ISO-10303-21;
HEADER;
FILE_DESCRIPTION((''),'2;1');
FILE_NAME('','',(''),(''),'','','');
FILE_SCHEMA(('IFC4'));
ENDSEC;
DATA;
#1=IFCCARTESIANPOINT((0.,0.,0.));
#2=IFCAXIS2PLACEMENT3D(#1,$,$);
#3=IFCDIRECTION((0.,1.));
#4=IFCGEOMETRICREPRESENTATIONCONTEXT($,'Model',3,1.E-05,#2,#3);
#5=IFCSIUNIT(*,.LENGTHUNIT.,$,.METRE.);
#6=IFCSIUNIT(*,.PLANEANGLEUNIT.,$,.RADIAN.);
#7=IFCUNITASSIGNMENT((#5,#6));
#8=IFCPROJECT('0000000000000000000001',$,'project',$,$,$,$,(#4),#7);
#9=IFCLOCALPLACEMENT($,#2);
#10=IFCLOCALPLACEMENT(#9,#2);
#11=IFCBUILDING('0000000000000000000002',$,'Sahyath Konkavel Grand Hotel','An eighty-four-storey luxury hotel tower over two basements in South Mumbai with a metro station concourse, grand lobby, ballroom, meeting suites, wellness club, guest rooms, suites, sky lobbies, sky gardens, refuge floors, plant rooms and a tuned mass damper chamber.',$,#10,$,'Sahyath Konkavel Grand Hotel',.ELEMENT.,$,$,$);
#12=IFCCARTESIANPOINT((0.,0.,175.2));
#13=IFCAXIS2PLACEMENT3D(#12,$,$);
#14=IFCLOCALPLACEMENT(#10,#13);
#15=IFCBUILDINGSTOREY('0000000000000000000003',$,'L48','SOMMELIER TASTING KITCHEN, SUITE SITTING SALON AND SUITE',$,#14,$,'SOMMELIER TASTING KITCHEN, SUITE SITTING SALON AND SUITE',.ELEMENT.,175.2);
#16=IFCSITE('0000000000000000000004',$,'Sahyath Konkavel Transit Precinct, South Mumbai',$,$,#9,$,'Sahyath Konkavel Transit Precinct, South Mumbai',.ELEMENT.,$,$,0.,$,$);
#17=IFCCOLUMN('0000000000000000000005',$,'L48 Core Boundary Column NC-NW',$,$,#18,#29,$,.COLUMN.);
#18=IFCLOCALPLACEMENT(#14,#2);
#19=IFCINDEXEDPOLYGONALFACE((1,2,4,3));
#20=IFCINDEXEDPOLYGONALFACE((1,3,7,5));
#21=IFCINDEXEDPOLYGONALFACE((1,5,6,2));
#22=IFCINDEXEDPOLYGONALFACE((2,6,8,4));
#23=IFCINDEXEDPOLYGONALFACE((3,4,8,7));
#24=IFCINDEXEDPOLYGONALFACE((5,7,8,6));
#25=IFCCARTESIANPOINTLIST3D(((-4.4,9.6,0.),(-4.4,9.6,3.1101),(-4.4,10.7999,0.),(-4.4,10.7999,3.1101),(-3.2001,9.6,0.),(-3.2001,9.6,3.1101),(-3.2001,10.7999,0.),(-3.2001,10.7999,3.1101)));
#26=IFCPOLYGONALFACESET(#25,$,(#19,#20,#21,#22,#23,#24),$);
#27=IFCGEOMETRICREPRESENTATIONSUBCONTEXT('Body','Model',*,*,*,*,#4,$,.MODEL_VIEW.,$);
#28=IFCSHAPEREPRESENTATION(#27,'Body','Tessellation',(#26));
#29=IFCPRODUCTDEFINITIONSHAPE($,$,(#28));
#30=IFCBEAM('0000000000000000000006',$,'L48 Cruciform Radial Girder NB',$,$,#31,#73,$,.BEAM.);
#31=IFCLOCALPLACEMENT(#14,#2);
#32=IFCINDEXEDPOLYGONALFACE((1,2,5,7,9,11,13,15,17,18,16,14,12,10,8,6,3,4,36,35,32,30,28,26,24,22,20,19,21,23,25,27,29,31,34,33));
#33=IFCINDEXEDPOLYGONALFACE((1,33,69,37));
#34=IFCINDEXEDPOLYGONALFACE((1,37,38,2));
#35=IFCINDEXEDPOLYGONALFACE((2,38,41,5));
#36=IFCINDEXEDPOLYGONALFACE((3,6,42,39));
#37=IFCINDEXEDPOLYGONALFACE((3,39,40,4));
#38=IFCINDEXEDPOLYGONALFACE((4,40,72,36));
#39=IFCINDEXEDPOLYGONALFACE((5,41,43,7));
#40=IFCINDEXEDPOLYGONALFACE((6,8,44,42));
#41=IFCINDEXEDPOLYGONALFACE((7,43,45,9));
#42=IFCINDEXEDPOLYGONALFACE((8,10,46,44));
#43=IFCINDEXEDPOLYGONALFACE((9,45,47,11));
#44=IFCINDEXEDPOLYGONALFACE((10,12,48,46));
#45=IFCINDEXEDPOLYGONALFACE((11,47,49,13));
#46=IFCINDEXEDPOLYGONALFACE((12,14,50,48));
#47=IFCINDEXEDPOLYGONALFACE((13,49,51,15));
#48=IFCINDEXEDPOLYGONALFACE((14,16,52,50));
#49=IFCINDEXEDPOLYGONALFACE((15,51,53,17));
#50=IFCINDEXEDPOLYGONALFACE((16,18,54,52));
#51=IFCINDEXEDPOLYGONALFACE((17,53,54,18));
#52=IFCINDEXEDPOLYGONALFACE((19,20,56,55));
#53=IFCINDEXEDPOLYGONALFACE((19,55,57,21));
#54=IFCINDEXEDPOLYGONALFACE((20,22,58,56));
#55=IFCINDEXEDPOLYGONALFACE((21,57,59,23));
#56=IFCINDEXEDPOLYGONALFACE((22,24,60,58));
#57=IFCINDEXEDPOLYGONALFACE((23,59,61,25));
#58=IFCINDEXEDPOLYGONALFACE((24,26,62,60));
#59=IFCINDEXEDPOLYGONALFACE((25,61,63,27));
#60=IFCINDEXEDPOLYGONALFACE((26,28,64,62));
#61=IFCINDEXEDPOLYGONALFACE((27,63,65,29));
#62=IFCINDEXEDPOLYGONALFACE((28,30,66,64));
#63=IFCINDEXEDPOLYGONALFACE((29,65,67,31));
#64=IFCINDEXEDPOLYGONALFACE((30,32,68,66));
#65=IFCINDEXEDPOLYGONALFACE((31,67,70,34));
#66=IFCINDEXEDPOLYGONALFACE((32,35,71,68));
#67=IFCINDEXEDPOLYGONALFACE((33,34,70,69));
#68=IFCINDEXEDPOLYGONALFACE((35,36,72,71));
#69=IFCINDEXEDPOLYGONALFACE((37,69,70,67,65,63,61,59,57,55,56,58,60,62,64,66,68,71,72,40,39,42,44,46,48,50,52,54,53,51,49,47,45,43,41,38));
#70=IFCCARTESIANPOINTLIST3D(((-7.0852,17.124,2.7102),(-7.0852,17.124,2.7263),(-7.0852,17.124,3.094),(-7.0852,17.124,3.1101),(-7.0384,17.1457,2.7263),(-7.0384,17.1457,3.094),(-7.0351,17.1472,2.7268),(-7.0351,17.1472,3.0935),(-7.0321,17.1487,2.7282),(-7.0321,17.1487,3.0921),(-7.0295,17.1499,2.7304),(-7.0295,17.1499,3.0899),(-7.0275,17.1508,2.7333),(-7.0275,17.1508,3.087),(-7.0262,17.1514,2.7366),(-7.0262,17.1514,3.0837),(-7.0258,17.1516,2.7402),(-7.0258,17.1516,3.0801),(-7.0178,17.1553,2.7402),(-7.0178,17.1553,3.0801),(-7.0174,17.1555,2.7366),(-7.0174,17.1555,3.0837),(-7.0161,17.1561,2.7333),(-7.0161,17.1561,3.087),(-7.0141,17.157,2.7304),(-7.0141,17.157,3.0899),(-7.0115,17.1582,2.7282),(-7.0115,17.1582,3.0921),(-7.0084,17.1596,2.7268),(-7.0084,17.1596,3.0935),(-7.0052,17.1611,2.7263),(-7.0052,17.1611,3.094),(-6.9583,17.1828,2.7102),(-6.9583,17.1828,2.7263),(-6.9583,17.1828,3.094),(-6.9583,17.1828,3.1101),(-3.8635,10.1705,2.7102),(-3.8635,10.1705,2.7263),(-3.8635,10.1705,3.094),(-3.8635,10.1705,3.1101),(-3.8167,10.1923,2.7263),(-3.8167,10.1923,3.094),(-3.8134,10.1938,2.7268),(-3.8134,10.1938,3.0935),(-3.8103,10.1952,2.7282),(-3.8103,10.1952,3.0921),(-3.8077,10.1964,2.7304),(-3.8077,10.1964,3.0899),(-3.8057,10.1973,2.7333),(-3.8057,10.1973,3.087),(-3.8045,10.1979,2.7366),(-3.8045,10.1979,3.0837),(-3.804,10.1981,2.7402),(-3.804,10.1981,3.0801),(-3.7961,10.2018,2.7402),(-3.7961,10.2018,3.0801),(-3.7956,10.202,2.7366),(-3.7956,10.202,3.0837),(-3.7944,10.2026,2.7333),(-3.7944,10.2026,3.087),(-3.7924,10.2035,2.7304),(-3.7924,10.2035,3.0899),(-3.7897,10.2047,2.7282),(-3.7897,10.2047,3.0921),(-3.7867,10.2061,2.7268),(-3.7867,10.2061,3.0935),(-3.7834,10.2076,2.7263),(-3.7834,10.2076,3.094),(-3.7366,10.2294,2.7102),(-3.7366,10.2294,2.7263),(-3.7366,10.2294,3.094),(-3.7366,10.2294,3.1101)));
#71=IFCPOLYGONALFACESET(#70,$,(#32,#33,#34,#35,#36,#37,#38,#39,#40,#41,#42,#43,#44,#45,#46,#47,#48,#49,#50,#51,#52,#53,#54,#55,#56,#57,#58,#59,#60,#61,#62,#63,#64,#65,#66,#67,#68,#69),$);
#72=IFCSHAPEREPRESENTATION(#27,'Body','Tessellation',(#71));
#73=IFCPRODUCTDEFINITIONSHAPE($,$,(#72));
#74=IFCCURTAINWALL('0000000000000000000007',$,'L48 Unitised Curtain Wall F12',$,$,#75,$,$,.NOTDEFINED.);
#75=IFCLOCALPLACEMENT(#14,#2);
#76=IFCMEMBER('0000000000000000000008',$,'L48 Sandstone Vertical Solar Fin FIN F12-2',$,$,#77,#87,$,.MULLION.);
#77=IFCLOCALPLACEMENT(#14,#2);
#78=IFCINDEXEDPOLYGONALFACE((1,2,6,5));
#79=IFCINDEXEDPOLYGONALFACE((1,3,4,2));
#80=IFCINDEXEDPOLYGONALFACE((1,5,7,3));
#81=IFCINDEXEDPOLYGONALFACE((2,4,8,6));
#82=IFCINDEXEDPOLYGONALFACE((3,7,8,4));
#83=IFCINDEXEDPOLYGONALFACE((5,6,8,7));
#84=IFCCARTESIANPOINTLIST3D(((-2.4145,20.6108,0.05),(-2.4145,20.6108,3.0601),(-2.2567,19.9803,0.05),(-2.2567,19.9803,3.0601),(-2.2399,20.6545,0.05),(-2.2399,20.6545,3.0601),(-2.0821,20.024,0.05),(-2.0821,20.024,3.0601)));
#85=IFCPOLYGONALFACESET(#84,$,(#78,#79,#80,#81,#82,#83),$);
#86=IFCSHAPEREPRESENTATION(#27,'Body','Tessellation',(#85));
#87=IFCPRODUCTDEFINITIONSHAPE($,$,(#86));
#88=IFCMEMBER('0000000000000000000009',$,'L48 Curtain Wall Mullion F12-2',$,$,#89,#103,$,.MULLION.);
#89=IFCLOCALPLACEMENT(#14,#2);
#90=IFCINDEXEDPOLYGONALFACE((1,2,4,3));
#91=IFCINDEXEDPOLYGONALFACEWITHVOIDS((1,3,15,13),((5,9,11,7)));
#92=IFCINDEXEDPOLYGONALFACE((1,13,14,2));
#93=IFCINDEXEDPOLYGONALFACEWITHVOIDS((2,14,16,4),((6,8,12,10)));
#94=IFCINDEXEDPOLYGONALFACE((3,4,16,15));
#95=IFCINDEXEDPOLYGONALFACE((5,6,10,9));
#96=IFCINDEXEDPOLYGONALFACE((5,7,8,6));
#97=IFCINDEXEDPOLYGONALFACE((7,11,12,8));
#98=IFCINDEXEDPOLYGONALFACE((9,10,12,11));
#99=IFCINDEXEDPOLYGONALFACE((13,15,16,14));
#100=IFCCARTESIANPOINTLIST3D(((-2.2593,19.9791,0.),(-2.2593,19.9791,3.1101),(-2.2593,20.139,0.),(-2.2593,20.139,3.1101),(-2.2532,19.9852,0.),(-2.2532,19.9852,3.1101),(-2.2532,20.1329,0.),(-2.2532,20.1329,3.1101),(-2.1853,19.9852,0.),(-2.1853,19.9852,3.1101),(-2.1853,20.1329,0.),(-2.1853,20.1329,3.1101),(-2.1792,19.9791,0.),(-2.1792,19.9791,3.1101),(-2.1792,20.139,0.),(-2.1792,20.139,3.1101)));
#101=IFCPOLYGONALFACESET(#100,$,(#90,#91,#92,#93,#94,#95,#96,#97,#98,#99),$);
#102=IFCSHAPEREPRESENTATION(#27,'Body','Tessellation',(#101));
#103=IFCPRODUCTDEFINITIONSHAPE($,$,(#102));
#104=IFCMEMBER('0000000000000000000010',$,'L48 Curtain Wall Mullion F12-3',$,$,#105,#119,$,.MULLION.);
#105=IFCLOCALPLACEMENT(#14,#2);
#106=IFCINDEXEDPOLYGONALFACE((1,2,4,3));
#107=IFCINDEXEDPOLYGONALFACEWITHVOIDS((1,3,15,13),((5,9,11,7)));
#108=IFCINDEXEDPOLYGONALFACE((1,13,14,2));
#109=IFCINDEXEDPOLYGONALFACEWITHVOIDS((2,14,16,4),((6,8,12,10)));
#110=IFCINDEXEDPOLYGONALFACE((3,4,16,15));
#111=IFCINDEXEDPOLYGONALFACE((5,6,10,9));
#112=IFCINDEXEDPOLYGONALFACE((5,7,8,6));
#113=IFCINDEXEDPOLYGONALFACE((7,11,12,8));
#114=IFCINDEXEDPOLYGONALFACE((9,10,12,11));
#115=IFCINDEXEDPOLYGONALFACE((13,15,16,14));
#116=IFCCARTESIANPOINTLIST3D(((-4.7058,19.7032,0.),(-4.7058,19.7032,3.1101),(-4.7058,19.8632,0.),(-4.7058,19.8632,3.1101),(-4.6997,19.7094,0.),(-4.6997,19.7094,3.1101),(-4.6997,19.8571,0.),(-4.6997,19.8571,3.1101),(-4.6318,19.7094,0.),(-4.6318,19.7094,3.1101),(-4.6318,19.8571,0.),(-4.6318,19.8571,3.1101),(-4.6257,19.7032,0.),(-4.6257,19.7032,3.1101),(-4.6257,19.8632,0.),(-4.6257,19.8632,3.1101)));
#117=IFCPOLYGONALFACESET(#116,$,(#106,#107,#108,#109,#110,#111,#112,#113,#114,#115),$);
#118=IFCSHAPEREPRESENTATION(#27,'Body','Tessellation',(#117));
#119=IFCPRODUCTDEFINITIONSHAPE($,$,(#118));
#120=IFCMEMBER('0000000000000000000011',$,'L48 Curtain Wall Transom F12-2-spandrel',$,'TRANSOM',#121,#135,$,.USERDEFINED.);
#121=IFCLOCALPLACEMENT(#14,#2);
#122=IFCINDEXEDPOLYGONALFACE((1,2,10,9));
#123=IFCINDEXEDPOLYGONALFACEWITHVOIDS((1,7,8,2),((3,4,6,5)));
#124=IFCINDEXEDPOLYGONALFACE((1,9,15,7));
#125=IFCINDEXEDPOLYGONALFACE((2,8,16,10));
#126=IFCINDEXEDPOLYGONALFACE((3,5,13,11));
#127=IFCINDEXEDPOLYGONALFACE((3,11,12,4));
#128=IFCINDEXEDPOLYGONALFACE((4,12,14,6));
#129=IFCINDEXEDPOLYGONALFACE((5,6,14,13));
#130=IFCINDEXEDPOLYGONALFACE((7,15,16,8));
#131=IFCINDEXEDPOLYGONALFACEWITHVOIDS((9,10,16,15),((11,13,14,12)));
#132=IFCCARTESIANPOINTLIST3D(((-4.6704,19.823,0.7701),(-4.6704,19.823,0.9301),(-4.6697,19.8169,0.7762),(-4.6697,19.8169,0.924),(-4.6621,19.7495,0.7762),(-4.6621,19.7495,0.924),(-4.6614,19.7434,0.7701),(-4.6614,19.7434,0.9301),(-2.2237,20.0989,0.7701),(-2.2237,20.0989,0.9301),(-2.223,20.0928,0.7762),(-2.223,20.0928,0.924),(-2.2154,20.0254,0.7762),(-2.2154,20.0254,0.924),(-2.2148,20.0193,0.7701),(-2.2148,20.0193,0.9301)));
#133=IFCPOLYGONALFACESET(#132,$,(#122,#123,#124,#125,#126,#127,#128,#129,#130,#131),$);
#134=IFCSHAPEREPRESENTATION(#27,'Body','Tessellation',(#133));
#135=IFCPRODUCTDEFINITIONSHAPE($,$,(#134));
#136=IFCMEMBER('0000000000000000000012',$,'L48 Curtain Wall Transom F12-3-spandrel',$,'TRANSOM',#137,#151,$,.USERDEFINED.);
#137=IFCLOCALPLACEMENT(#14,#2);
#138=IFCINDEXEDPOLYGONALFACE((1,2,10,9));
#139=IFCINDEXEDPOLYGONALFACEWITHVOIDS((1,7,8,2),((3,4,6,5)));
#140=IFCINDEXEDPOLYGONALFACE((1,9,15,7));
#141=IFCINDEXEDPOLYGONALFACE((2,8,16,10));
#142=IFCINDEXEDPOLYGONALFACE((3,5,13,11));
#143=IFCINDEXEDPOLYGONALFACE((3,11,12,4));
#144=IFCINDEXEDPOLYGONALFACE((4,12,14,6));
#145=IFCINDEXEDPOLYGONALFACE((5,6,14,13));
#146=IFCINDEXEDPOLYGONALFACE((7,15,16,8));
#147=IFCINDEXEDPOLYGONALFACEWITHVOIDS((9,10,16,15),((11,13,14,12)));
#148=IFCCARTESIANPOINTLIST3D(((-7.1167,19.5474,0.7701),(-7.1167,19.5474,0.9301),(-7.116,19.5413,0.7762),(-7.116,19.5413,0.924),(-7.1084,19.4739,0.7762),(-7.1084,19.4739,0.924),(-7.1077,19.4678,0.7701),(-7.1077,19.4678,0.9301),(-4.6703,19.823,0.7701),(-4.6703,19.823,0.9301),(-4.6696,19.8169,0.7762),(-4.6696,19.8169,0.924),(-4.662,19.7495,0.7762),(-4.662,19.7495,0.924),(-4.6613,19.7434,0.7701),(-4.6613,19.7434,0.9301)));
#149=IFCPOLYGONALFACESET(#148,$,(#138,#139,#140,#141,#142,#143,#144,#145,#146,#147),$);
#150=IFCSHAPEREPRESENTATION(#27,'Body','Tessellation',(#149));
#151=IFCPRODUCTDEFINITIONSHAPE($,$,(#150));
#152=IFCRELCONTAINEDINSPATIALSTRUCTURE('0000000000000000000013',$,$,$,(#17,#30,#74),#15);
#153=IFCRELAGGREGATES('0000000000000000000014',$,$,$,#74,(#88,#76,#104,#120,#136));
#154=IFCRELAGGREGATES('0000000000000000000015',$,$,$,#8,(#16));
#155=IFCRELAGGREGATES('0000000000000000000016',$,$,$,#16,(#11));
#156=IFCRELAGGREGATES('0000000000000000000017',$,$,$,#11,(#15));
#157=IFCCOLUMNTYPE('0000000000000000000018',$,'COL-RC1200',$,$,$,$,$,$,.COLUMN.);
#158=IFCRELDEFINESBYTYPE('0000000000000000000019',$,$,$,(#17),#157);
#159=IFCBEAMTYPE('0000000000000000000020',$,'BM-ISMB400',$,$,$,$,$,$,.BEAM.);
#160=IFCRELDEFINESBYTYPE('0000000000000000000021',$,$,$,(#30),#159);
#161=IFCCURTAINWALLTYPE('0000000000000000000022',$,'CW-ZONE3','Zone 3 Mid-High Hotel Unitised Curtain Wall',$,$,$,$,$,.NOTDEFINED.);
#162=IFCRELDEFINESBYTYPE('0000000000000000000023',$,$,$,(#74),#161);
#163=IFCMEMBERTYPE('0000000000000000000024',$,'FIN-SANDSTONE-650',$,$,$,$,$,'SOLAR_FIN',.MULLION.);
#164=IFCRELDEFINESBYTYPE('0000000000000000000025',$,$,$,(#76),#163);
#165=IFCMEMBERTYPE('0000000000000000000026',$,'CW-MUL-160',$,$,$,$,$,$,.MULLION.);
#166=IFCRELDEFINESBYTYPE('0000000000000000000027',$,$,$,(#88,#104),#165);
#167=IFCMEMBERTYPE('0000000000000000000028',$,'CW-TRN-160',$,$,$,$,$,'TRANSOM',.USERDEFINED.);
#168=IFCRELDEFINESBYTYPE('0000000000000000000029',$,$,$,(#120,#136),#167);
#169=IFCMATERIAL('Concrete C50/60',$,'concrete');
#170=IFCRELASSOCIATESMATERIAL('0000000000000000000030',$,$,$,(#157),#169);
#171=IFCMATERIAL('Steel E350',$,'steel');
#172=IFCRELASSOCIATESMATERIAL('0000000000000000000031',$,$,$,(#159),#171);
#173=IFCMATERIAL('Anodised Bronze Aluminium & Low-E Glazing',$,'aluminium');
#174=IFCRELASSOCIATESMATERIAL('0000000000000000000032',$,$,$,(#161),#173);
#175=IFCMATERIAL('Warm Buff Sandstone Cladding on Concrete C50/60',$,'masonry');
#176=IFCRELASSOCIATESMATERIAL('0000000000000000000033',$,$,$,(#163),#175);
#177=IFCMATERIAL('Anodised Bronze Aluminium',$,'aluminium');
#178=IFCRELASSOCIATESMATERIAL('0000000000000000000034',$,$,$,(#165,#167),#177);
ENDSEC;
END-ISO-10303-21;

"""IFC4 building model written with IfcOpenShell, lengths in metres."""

from ifc_helpers import new_model, si_unit, direction, frame, origin, origin_2d, place, context, subcontext, project, spatial, rectangle, hollow_rectangle, i_section, extrude, source, transform, mapped, material, material_profile, profile_set, type_object, element, aggregate, save


model = new_model("IFC4")

# Units and contexts
model_context = context("Model", 3, precision=1e-05, world=origin(), true_north=direction((0.0, 1.0)))
body_context = subcontext(model_context, "Body", "Model", "MODEL_VIEW")
ifc_project = project(units=[si_unit("LENGTHUNIT", "METRE"), si_unit("PLANEANGLEUNIT", "RADIAN")], contexts=[model_context])

# Site, building, storey
site_placement = place(None, origin())
site = spatial("IfcSite", under=ifc_project, at=site_placement, Name="Sahyath Konkavel Transit Precinct, South Mumbai", LongName="Sahyath Konkavel Transit Precinct, South Mumbai", CompositionType="ELEMENT", RefElevation=0.0)
building_placement = place(site_placement, origin())
building = spatial("IfcBuilding", under=site, at=building_placement, Name="Sahyath Konkavel Grand Hotel", Description="An eighty-four-storey luxury hotel tower over two basements in South Mumbai with a metro station concourse, grand lobby, ballroom, meeting suites, wellness club, guest rooms, suites, sky lobbies, sky gardens, refuge floors, plant rooms and a tuned mass damper chamber.", LongName="Sahyath Konkavel Grand Hotel", CompositionType="ELEMENT")
storey_placement = place(building_placement, frame((0.0, 0.0, 175.2)))
storey = spatial("IfcBuildingStorey", under=building, at=storey_placement, Name="L48", Description="SOMMELIER TASTING KITCHEN, SUITE SITTING SALON AND SUITE", LongName="SOMMELIER TASTING KITCHEN, SUITE SITTING SALON AND SUITE", CompositionType="ELEMENT", Elevation=175.2)

# Column
ifc_material_1 = material(Name="Concrete C50/60", Category="concrete")
ifc_material_profile_1 = material_profile(ifc_material_1, rectangle(XDim=1.2, YDim=1.2, at=origin_2d()), Name="RC 1200x1200")
ifc_profile_set_1 = profile_set([ifc_material_profile_1], Name="Concrete C50/60")
column_type = type_object("IfcColumnType", Name="COL-RC1200", PredefinedType="COLUMN", material=ifc_profile_set_1)
shared_shape_1 = source(origin(), body_context, "Body", "SweptSolid", [
    extrude(rectangle(XDim=1.2, YDim=1.2, at=origin_2d()), origin(), (0.0, 0.0, 1.0), 3.1101),
])
column_placement = place(storey_placement, frame((-3.8, 10.2, 0.0), z_axis=(0.0, 0.0, 1.0), x_axis=(1.0, 0.0, 0.0)))
element("IfcColumn", 1, at=column_placement, inside=storey, type_object=column_type, Name="L48 Core Boundary Column NC-NW", PredefinedType="COLUMN", context=body_context, shape_type="MappedRepresentation", body=[
    mapped(shared_shape_1, transform((0.0, 0.0, 0.0), scale=1.0)),
])

# Beam
ifc_material_2 = material(Name="Steel E350", Category="steel")
ifc_material_profile_2 = material_profile(ifc_material_2, i_section(OverallWidth=0.1399, OverallDepth=0.3999, WebThickness=0.0088, FlangeThickness=0.0161, FilletRadius=0.0139, at=origin_2d()), Name="ISMB 400")
ifc_profile_set_2 = profile_set([ifc_material_profile_2], Name="Steel E350")
beam_type_1 = type_object("IfcBeamType", Name="BM-ISMB400", PredefinedType="BEAM", material=ifc_profile_set_2)
shared_shape_2 = source(origin(), body_context, "Body", "SweptSolid", [
    extrude(i_section(OverallWidth=0.1399, OverallDepth=0.3999, WebThickness=0.0088, FlangeThickness=0.0161, FilletRadius=0.0139, at=origin_2d()), origin(), (0.0, 0.0, 1.0), 7.6636),
])
beam_1_placement = place(storey_placement, frame((-3.8, 10.2, 2.9102), z_axis=(-0.420395, 0.907341, 0.0), x_axis=(-0.907341, -0.420395, 0.0)))
element("IfcBeam", 2, at=beam_1_placement, inside=storey, type_object=beam_type_1, Name="L48 Cruciform Radial Girder NB", PredefinedType="BEAM", context=body_context, shape_type="MappedRepresentation", body=[
    mapped(shared_shape_2, transform((0.0, 0.0, 0.0), scale=1.0)),
])

# Curtain wall, members
ifc_material_3 = material(Name="Anodised Bronze Aluminium & Low-E Glazing", Category="aluminium")
curtain_wall_type = type_object("IfcCurtainWallType", Name="CW-ZONE3", Description="Zone 3 Mid-High Hotel Unitised Curtain Wall", PredefinedType="NOTDEFINED", material=ifc_material_3)
curtain_wall_placement = place(storey_placement, origin())
curtain_wall = element("IfcCurtainWall", 3, at=curtain_wall_placement, inside=storey, type_object=curtain_wall_type, Name="L48 Unitised Curtain Wall F12", PredefinedType="NOTDEFINED")
ifc_material_4 = material(Name="Warm Buff Sandstone Cladding on Concrete C50/60", Category="masonry")
ifc_material_profile_3 = material_profile(ifc_material_4, rectangle(XDim=0.1799, YDim=0.6499, at=origin_2d()), Name="FIN 180x650")
ifc_profile_set_3 = profile_set([ifc_material_profile_3], Name="Warm Buff Sandstone Cladding on Concrete C50/60")
member_type_1 = type_object("IfcMemberType", Name="FIN-SANDSTONE-650", ElementType="SOLAR_FIN", PredefinedType="MULLION", material=ifc_profile_set_3)
shared_shape_3 = source(origin(), body_context, "Body", "SweptSolid", [
    extrude(rectangle(XDim=0.1799, YDim=0.6499, at=origin_2d()), origin(), (0.0, 0.0, 1.0), 3.01),
])
member_1_placement = place(storey_placement, frame((-2.2483, 20.3174, 0.05), z_axis=(0.0, 0.0, 1.0), x_axis=(0.970084, 0.242769, 0.0)))
member_1 = element("IfcMember", 4, at=member_1_placement, type_object=member_type_1, Name="L48 Sandstone Vertical Solar Fin FIN F12-2", PredefinedType="MULLION", context=body_context, shape_type="MappedRepresentation", body=[
    mapped(shared_shape_3, transform((0.0, 0.0, 0.0), scale=1.0)),
])
ifc_material_5 = material(Name="Anodised Bronze Aluminium", Category="aluminium")
ifc_material_profile_4 = material_profile(ifc_material_5, hollow_rectangle(XDim=0.0801, YDim=0.1599, WallThickness=0.0061, at=origin_2d()), Name="RHS 160x80x6")
ifc_profile_set_4 = profile_set([ifc_material_profile_4], Name="Anodised Bronze Aluminium")
member_type_2 = type_object("IfcMemberType", Name="CW-MUL-160", PredefinedType="MULLION", material=ifc_profile_set_4)
shared_shape_4 = source(origin(), body_context, "Body", "SweptSolid", [
    extrude(hollow_rectangle(XDim=0.0801, YDim=0.1599, WallThickness=0.0061, at=origin_2d()), origin(), (0.0, 0.0, 1.0), 3.1101),
])
member_2_placement = place(storey_placement, frame((-2.2192, 20.0591, 0.0), z_axis=(0.0, 0.0, 1.0), x_axis=(1.0, 0.0, 0.0)))
member_2 = element("IfcMember", 5, at=member_2_placement, type_object=member_type_2, Name="L48 Curtain Wall Mullion F12-2", PredefinedType="MULLION", context=body_context, shape_type="MappedRepresentation", body=[
    mapped(shared_shape_4, transform((0.0, 0.0, 0.0), scale=1.0)),
])
member_3_placement = place(storey_placement, frame((-4.6658, 19.7832, 0.0), z_axis=(0.0, 0.0, 1.0), x_axis=(1.0, 0.0, 0.0)))
member_3 = element("IfcMember", 6, at=member_3_placement, type_object=member_type_2, Name="L48 Curtain Wall Mullion F12-3", PredefinedType="MULLION", context=body_context, shape_type="MappedRepresentation", body=[
    mapped(shared_shape_4, transform((0.0, 0.0, 0.0), scale=1.0)),
])
ifc_material_profile_5 = material_profile(ifc_material_5, hollow_rectangle(XDim=0.0801, YDim=0.1599, WallThickness=0.0061, at=origin_2d()), Name="RHS 160x80x6")
ifc_profile_set_5 = profile_set([ifc_material_profile_5], Name="Anodised Bronze Aluminium")
member_type_3 = type_object("IfcMemberType", Name="CW-TRN-160", ElementType="TRANSOM", PredefinedType="USERDEFINED", material=ifc_profile_set_5)
shared_shape_5 = source(origin(), body_context, "Body", "SweptSolid", [
    extrude(hollow_rectangle(XDim=0.0801, YDim=0.1599, WallThickness=0.0061, at=origin_2d()), origin(), (0.0, 0.0, 1.0), 2.4622),
])
member_4_placement = place(storey_placement, frame((-2.2192, 20.0591, 0.8501), z_axis=(-0.993702, -0.112053, 0.0), x_axis=(0.112053, -0.993702, 0.0)))
member_4 = element("IfcMember", 7, at=member_4_placement, type_object=member_type_3, Name="L48 Curtain Wall Transom F12-2-spandrel", ObjectType="TRANSOM", PredefinedType="USERDEFINED", context=body_context, shape_type="MappedRepresentation", body=[
    mapped(shared_shape_5, transform((0.0, 0.0, 0.0), scale=1.0)),
])
shared_shape_6 = source(origin(), body_context, "Body", "SweptSolid", [
    extrude(hollow_rectangle(XDim=0.0801, YDim=0.1599, WallThickness=0.0061, at=origin_2d()), origin(), (0.0, 0.0, 1.0), 2.4619),
])
member_5_placement = place(storey_placement, frame((-4.6658, 19.7832, 0.8501), z_axis=(-0.993713, -0.111955, 0.0), x_axis=(0.111955, -0.993713, 0.0)))
member_5 = element("IfcMember", 8, at=member_5_placement, type_object=member_type_3, Name="L48 Curtain Wall Transom F12-3-spandrel", ObjectType="TRANSOM", PredefinedType="USERDEFINED", context=body_context, shape_type="MappedRepresentation", body=[
    mapped(shared_shape_6, transform((0.0, 0.0, 0.0), scale=1.0)),
])

aggregate(curtain_wall, [member_2, member_1, member_3, member_4, member_5])

save(model, "model.ifc")
